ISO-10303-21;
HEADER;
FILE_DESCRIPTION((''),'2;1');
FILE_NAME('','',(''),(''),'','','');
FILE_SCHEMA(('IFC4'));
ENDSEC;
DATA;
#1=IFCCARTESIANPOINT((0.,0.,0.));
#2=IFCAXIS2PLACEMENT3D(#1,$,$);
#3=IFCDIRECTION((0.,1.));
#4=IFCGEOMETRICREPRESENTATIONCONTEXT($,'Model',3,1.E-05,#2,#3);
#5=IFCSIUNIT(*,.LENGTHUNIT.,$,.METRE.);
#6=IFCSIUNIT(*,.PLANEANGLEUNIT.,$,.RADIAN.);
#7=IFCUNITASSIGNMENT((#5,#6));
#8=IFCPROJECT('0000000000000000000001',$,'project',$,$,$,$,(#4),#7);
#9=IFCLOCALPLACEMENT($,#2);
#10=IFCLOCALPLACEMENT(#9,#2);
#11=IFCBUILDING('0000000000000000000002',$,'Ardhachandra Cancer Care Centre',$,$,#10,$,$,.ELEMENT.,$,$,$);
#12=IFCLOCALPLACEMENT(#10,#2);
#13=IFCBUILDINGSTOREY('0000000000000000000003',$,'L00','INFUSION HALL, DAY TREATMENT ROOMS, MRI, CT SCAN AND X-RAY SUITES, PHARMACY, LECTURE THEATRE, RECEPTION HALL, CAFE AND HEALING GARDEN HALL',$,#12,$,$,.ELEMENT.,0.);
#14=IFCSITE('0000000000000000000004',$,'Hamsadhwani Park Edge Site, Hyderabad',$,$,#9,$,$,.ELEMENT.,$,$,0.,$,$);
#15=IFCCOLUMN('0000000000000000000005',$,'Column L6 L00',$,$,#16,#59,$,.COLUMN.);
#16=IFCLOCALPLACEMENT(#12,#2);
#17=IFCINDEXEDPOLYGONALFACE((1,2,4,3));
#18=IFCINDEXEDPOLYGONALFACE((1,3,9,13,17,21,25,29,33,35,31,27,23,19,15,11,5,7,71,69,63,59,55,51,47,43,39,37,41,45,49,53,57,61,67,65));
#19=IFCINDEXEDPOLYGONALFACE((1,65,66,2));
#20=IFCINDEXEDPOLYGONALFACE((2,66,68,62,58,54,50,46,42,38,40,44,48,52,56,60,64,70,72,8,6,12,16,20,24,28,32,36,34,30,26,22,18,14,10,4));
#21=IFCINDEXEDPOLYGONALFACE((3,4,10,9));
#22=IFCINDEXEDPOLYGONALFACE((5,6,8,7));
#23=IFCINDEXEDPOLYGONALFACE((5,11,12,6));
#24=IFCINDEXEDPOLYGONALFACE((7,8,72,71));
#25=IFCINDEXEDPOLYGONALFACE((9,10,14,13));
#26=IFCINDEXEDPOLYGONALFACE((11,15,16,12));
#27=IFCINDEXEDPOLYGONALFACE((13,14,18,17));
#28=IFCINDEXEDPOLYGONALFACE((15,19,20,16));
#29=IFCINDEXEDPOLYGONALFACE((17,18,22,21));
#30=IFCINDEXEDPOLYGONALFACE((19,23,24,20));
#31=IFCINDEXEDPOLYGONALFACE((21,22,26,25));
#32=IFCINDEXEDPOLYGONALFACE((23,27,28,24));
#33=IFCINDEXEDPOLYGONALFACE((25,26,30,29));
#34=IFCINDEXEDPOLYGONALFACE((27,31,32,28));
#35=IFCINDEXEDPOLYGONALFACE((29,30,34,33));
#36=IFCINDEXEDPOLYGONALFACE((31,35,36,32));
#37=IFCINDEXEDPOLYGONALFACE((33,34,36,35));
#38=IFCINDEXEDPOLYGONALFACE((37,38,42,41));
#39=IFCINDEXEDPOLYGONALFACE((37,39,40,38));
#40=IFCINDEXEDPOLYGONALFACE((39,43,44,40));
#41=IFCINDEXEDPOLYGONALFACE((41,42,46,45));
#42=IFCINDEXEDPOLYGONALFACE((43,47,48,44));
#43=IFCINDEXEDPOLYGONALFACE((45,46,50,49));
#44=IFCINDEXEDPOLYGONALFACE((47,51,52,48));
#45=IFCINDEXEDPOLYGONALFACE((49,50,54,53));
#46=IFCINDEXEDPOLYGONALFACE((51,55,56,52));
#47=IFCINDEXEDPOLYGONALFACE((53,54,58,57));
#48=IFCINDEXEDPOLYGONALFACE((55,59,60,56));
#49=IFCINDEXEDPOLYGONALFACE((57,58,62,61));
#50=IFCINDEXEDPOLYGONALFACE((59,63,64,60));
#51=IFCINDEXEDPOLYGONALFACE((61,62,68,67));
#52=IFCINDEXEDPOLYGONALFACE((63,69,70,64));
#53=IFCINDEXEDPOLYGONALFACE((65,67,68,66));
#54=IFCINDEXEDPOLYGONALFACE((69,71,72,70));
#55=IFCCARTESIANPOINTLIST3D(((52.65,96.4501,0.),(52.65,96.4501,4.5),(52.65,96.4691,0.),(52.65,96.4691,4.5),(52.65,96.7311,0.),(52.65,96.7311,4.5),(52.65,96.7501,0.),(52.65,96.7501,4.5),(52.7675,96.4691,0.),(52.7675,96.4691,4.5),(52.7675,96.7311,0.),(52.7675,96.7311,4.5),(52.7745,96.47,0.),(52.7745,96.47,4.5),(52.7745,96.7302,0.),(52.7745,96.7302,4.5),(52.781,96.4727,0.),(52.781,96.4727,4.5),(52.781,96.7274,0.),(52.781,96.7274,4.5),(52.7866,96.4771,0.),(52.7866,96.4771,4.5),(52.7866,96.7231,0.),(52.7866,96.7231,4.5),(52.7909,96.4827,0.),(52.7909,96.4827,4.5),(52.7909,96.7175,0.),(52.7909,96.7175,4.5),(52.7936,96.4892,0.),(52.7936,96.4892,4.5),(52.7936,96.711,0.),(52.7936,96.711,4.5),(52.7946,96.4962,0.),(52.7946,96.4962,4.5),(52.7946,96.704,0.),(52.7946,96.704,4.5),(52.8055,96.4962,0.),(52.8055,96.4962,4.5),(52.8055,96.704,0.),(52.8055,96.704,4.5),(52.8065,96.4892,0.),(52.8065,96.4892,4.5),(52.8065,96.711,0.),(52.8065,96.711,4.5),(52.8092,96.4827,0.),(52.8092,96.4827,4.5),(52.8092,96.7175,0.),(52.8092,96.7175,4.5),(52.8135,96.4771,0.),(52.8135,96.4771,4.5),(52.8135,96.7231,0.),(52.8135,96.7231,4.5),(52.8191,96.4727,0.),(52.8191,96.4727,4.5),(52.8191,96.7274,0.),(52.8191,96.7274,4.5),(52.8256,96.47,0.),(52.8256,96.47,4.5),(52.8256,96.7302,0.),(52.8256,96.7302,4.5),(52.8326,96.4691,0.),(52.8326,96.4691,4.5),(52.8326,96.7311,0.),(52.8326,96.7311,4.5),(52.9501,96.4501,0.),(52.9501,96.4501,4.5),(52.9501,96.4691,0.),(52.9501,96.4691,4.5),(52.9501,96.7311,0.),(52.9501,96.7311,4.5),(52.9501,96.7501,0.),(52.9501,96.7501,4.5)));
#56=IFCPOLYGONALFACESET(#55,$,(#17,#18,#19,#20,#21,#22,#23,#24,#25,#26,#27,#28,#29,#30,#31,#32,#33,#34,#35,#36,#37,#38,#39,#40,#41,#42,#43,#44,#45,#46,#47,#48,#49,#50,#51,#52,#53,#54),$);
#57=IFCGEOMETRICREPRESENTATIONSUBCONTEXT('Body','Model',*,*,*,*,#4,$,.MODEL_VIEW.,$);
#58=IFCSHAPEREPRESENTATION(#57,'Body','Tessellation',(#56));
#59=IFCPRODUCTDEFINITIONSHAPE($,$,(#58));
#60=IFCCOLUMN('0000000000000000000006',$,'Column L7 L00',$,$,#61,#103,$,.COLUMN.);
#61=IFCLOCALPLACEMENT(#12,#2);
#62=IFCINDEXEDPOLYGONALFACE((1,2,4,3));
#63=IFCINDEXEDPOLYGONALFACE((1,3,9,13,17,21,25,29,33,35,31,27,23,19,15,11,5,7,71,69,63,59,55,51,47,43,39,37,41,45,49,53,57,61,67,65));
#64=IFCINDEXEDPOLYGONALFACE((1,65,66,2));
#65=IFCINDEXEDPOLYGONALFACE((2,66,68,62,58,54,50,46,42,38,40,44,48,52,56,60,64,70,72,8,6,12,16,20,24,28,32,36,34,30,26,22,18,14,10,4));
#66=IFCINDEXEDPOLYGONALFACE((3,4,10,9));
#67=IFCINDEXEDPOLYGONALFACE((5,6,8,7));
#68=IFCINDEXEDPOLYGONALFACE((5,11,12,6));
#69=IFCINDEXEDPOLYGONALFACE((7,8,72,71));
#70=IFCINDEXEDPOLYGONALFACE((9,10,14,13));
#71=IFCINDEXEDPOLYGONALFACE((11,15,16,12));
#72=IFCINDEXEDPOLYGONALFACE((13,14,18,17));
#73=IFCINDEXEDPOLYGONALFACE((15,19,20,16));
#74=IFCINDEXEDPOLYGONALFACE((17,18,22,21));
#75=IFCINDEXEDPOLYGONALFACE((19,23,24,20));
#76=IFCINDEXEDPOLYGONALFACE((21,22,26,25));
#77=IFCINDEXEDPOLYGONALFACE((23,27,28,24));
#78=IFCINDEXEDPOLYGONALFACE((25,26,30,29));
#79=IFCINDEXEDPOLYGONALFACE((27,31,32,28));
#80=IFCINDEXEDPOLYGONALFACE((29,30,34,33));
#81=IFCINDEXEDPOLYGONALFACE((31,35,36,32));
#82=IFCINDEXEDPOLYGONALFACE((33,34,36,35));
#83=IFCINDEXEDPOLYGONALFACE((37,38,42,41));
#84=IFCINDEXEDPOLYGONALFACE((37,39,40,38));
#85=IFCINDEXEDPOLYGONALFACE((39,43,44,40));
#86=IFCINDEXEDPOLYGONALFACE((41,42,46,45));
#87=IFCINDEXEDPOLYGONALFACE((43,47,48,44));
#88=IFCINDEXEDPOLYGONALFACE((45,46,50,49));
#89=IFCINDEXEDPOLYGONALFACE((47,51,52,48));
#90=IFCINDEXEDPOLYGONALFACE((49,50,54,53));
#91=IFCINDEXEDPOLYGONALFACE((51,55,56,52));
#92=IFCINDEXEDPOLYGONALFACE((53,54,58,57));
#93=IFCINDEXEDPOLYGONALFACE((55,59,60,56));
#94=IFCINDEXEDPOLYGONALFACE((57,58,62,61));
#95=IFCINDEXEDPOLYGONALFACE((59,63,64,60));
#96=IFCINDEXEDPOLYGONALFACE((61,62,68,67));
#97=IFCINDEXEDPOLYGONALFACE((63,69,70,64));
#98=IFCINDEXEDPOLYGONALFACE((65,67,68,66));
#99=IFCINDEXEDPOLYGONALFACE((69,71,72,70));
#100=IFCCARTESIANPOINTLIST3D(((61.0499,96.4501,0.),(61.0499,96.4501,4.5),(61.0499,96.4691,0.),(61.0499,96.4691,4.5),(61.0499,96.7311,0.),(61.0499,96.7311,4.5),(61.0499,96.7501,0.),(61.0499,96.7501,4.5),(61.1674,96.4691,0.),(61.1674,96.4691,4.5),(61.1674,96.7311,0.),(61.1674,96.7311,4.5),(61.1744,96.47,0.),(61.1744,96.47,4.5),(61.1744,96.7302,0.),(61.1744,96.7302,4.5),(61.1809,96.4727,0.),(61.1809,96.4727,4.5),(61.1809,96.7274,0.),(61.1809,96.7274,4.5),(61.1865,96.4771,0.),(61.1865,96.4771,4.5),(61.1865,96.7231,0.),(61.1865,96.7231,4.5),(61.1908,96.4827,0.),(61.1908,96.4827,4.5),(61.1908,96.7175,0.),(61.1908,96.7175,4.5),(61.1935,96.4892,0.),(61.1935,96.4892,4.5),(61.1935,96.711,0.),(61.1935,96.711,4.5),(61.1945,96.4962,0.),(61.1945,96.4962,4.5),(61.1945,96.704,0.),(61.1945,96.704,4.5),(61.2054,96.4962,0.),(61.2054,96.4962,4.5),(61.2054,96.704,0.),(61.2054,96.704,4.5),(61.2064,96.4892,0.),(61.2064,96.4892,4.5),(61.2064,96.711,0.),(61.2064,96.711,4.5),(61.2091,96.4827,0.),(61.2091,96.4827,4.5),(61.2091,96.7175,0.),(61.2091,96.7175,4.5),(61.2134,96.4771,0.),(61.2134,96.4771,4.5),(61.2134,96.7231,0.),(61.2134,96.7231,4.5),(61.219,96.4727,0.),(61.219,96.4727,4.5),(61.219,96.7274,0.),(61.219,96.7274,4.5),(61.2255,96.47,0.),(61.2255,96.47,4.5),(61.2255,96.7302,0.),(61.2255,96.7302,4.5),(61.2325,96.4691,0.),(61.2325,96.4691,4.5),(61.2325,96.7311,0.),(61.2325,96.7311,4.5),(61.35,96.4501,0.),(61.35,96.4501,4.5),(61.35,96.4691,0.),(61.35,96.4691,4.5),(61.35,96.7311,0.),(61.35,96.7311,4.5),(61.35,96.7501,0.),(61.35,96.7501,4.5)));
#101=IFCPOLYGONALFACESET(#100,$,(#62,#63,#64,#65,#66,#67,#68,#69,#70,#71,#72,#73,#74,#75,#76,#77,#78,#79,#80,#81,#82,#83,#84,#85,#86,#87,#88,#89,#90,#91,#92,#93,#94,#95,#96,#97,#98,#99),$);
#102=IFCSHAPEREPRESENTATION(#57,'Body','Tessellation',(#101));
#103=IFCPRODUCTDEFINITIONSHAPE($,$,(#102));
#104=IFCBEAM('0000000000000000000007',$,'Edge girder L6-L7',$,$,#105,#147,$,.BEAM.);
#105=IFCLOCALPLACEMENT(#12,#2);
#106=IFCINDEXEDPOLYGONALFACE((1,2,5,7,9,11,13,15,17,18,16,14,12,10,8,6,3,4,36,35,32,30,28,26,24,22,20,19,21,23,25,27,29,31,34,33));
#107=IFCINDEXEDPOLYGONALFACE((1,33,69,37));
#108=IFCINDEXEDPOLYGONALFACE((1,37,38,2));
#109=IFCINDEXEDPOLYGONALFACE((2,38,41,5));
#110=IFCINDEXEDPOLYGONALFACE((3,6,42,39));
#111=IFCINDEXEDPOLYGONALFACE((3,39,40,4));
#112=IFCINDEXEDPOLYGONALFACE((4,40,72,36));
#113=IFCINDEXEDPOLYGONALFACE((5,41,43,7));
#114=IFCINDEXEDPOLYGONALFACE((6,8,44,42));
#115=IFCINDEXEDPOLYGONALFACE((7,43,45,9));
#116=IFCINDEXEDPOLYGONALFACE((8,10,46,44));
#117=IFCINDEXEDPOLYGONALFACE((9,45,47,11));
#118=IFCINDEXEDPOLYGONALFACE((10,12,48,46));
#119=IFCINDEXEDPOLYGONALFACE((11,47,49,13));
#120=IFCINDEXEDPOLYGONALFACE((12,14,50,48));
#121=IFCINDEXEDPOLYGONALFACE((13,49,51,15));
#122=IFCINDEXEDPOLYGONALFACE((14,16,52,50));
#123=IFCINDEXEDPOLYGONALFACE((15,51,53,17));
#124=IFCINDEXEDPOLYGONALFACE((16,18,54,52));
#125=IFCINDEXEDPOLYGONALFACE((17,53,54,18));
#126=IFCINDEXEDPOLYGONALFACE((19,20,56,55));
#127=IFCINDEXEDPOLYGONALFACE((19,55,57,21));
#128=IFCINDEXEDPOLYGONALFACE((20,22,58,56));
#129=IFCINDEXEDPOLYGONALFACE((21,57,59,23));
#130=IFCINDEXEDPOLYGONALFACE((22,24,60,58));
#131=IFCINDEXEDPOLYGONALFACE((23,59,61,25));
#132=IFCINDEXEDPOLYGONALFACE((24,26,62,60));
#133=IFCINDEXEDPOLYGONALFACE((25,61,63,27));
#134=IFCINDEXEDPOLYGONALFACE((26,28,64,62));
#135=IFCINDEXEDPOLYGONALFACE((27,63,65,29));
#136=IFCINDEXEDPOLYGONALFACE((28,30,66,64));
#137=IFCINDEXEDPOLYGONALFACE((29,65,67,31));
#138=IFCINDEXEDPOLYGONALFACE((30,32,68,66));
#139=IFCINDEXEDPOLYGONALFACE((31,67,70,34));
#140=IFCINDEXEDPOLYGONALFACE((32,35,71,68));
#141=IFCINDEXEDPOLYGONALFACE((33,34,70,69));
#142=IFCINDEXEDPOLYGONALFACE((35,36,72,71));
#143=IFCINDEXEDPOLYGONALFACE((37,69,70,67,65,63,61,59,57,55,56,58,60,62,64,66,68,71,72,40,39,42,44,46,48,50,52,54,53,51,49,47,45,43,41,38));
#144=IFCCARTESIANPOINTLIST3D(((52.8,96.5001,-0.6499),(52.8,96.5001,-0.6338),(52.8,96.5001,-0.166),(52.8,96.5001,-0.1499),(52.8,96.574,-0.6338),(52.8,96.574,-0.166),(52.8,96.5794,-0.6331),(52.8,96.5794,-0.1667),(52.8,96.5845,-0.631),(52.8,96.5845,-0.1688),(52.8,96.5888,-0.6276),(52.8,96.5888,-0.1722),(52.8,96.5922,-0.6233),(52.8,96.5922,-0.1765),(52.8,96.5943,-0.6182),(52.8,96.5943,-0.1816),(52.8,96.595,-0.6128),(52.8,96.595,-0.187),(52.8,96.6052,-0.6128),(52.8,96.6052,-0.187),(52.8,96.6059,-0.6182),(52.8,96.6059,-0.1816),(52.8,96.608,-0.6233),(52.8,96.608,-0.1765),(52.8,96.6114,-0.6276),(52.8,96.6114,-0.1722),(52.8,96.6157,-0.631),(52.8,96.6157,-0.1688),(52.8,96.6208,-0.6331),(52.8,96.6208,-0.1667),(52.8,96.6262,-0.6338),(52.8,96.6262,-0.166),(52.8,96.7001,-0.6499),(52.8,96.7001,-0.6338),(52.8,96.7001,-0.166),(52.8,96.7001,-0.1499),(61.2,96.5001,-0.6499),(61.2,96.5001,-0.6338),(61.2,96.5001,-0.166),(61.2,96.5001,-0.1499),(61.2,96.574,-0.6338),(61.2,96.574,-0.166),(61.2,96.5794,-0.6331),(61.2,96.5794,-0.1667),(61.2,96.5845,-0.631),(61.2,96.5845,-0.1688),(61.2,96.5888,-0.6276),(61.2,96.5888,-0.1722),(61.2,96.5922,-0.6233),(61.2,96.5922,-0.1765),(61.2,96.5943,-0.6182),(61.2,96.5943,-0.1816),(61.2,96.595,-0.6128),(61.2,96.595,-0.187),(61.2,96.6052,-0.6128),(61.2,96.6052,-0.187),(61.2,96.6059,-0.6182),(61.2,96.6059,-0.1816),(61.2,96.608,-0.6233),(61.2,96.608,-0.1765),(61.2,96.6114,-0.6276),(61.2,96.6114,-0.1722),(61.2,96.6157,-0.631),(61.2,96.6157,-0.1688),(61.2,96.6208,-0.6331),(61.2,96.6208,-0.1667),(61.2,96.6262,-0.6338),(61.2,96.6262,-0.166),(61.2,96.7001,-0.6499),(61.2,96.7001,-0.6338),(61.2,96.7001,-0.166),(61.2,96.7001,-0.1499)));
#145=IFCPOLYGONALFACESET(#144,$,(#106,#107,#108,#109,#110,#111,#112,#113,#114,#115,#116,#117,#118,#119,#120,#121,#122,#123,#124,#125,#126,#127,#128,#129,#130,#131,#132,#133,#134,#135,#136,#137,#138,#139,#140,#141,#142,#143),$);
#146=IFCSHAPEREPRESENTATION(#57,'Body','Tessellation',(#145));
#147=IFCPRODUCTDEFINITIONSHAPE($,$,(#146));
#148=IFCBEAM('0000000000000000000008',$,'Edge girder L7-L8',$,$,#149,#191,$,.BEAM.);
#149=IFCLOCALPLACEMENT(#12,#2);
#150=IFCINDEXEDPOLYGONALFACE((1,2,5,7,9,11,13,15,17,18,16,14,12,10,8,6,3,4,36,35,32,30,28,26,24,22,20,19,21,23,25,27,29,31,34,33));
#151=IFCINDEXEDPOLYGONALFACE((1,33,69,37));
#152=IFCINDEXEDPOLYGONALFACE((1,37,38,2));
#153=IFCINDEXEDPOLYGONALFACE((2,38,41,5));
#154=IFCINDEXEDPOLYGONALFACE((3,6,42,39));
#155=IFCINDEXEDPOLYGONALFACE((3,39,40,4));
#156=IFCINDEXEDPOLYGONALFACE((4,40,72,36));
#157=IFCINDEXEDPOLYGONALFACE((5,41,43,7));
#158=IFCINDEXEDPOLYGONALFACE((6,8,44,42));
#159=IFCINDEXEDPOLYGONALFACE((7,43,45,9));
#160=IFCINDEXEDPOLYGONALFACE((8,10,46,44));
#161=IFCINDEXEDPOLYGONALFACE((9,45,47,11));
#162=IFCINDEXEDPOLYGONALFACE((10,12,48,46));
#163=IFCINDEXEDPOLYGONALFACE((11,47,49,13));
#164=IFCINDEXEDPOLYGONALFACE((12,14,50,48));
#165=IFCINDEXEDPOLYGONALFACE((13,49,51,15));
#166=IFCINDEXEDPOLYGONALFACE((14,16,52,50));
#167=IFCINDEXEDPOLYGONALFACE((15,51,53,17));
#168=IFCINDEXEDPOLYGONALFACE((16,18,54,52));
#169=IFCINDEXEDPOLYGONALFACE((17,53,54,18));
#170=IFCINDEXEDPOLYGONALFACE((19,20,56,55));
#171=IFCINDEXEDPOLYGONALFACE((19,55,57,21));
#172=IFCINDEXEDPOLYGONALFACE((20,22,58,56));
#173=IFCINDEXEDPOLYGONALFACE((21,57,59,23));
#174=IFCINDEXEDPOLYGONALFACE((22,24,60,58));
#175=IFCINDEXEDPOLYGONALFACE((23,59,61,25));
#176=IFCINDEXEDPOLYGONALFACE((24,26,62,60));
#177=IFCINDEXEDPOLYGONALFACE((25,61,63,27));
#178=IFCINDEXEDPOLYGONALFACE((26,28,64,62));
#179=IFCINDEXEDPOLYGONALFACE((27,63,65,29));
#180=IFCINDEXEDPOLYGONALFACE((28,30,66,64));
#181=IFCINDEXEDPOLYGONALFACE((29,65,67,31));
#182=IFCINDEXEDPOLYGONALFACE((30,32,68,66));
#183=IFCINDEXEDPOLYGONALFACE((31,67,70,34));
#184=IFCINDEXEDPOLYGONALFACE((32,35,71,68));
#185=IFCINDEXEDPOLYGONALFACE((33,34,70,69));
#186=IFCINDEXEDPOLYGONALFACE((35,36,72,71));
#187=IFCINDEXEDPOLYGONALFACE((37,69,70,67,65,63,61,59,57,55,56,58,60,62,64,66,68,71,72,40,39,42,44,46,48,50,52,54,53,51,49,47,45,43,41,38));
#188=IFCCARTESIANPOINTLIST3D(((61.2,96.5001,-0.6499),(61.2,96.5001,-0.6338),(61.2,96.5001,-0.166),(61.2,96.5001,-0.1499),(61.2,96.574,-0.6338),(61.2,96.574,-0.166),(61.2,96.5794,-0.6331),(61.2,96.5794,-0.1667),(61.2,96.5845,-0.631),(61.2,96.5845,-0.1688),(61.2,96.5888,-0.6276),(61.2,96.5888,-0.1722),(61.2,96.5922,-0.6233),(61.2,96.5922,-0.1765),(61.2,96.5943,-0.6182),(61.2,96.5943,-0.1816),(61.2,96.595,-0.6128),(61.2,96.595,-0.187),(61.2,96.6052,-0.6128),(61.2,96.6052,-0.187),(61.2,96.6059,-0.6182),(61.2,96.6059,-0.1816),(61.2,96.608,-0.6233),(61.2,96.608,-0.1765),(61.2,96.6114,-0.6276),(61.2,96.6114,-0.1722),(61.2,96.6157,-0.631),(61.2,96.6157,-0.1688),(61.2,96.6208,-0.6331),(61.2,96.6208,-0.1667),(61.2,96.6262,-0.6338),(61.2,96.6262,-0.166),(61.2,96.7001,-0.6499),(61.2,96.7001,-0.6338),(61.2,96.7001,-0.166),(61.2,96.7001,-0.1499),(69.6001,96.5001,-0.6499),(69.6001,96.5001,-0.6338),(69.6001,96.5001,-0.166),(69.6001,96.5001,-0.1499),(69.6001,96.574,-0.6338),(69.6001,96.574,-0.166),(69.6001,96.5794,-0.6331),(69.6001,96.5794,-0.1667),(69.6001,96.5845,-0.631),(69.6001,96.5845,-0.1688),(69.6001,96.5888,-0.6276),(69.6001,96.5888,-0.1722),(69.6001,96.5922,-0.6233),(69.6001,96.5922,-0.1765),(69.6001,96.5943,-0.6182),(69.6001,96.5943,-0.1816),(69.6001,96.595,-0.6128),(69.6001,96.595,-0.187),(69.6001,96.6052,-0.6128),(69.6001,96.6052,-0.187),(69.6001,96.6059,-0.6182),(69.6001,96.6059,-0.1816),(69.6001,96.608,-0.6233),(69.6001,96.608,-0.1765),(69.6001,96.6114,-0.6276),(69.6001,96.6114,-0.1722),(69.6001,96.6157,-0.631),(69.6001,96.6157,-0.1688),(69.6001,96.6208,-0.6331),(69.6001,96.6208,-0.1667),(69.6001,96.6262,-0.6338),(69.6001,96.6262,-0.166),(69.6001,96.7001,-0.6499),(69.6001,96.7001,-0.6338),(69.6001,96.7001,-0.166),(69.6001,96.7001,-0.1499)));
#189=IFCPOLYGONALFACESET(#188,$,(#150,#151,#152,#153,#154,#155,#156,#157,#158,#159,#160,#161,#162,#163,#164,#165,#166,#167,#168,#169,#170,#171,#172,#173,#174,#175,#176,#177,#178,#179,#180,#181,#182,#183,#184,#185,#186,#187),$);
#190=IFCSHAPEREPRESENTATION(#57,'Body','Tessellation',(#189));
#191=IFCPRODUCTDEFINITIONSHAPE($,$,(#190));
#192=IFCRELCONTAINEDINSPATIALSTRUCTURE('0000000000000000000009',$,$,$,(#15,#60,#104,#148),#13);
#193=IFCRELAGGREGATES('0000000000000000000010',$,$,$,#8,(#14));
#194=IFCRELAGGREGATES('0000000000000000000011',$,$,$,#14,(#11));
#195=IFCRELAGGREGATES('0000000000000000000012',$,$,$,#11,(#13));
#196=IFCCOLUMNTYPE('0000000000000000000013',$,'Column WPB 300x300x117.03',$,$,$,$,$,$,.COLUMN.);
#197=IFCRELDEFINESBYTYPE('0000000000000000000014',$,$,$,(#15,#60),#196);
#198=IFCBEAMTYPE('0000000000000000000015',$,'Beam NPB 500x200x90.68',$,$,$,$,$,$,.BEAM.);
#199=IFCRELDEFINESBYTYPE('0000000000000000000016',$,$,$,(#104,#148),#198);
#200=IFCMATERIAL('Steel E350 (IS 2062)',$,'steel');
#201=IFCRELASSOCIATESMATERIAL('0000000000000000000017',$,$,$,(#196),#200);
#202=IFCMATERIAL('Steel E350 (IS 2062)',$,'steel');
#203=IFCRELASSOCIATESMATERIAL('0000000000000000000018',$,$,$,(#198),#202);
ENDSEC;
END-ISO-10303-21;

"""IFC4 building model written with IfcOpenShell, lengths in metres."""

from ifc_helpers import new_model, si_unit, direction, frame, origin, origin_2d, place, context, subcontext, project, spatial, i_section, extrude, material, material_profile, profile_set, type_object, element, save


model = new_model("IFC4")

# Units and contexts
model_context = context("Model", 3, precision=1e-05, world=origin(), true_north=direction((0.0, 1.0)))
body_context = subcontext(model_context, "Body", "Model", "MODEL_VIEW")
ifc_project = project(units=[si_unit("LENGTHUNIT", "METRE"), si_unit("PLANEANGLEUNIT", "RADIAN")], contexts=[model_context])

# Site, building, storey
site_placement = place(None, origin())
site = spatial("IfcSite", under=ifc_project, at=site_placement, Name="Hamsadhwani Park Edge Site, Hyderabad", CompositionType="ELEMENT", RefElevation=0.0)
building_placement = place(site_placement, origin())
building = spatial("IfcBuilding", under=site, at=building_placement, Name="Ardhachandra Cancer Care Centre", CompositionType="ELEMENT")
storey_placement = place(building_placement, origin())
storey = spatial("IfcBuildingStorey", under=building, at=storey_placement, Name="L00", Description="INFUSION HALL, DAY TREATMENT ROOMS, MRI, CT SCAN AND X-RAY SUITES, PHARMACY, LECTURE THEATRE, RECEPTION HALL, CAFE AND HEALING GARDEN HALL", CompositionType="ELEMENT", Elevation=0.0)

# Columns
ifc_material_1 = material(Name="Steel E350 (IS 2062)", Category="steel")
ifc_material_profile_1 = material_profile(ifc_material_1, i_section(OverallWidth=0.3, OverallDepth=0.3, WebThickness=0.011, FlangeThickness=0.019, FilletRadius=0.0271, at=origin_2d()), Name="WPB 300x300x117.03")
ifc_profile_set_1 = profile_set([ifc_material_profile_1], Name="Steel E350 (IS 2062)")
column_type = type_object("IfcColumnType", Name="Column WPB 300x300x117.03", PredefinedType="COLUMN", material=ifc_profile_set_1)
for number, where, z_axis, x_axis, name in (
    (1, (52.8, 96.6001, 0.0), (0.0, 0.0, 1.0), (1.0, 0.0, 0.0), "Column L6 L00"),
    (2, (61.2, 96.6001, 0.0), (0.0, 0.0, 1.0), (1.0, 0.0, 0.0), "Column L7 L00"),
):
    element("IfcColumn", number, at=place(storey_placement, frame(where, z_axis=z_axis, x_axis=x_axis)), inside=storey, type_object=column_type, Name=name, PredefinedType="COLUMN", context=body_context, shape_type="SweptSolid", body=[
        extrude(i_section(OverallWidth=0.3, OverallDepth=0.3, WebThickness=0.011, FlangeThickness=0.019, FilletRadius=0.0271, at=origin_2d()), origin(), (0.0, 0.0, 1.0), 4.5),
    ])

# Beams
ifc_material_2 = material(Name="Steel E350 (IS 2062)", Category="steel")
ifc_material_profile_2 = material_profile(ifc_material_2, i_section(OverallWidth=0.2, OverallDepth=0.5, WebThickness=0.0103, FlangeThickness=0.0161, FilletRadius=0.021, at=origin_2d()), Name="NPB 500x200x90.68")
ifc_profile_set_2 = profile_set([ifc_material_profile_2], Name="Steel E350 (IS 2062)")
beam_type = type_object("IfcBeamType", Name="Beam NPB 500x200x90.68", PredefinedType="BEAM", material=ifc_profile_set_2)
beam_1_placement = place(storey_placement, frame((52.8, 96.6001, -0.3999), z_axis=(1.0, 0.0, 0.0), x_axis=(0.0, 1.0, 0.0)))
element("IfcBeam", 3, at=beam_1_placement, inside=storey, type_object=beam_type, Name="Edge girder L6-L7", PredefinedType="BEAM", context=body_context, shape_type="SweptSolid", body=[
    extrude(i_section(OverallWidth=0.2, OverallDepth=0.5, WebThickness=0.0103, FlangeThickness=0.0161, FilletRadius=0.021, at=origin_2d()), origin(), (0.0, 0.0, 1.0), 8.3999),
])
beam_2_placement = place(storey_placement, frame((61.2, 96.6001, -0.3999), z_axis=(1.0, 0.0, 0.0), x_axis=(0.0, 1.0, 0.0)))
element("IfcBeam", 4, at=beam_2_placement, inside=storey, type_object=beam_type, Name="Edge girder L7-L8", PredefinedType="BEAM", context=body_context, shape_type="SweptSolid", body=[
    extrude(i_section(OverallWidth=0.2, OverallDepth=0.5, WebThickness=0.0103, FlangeThickness=0.0161, FilletRadius=0.021, at=origin_2d()), origin(), (0.0, 0.0, 1.0), 8.4001),
])

save(model, "model.ifc")
